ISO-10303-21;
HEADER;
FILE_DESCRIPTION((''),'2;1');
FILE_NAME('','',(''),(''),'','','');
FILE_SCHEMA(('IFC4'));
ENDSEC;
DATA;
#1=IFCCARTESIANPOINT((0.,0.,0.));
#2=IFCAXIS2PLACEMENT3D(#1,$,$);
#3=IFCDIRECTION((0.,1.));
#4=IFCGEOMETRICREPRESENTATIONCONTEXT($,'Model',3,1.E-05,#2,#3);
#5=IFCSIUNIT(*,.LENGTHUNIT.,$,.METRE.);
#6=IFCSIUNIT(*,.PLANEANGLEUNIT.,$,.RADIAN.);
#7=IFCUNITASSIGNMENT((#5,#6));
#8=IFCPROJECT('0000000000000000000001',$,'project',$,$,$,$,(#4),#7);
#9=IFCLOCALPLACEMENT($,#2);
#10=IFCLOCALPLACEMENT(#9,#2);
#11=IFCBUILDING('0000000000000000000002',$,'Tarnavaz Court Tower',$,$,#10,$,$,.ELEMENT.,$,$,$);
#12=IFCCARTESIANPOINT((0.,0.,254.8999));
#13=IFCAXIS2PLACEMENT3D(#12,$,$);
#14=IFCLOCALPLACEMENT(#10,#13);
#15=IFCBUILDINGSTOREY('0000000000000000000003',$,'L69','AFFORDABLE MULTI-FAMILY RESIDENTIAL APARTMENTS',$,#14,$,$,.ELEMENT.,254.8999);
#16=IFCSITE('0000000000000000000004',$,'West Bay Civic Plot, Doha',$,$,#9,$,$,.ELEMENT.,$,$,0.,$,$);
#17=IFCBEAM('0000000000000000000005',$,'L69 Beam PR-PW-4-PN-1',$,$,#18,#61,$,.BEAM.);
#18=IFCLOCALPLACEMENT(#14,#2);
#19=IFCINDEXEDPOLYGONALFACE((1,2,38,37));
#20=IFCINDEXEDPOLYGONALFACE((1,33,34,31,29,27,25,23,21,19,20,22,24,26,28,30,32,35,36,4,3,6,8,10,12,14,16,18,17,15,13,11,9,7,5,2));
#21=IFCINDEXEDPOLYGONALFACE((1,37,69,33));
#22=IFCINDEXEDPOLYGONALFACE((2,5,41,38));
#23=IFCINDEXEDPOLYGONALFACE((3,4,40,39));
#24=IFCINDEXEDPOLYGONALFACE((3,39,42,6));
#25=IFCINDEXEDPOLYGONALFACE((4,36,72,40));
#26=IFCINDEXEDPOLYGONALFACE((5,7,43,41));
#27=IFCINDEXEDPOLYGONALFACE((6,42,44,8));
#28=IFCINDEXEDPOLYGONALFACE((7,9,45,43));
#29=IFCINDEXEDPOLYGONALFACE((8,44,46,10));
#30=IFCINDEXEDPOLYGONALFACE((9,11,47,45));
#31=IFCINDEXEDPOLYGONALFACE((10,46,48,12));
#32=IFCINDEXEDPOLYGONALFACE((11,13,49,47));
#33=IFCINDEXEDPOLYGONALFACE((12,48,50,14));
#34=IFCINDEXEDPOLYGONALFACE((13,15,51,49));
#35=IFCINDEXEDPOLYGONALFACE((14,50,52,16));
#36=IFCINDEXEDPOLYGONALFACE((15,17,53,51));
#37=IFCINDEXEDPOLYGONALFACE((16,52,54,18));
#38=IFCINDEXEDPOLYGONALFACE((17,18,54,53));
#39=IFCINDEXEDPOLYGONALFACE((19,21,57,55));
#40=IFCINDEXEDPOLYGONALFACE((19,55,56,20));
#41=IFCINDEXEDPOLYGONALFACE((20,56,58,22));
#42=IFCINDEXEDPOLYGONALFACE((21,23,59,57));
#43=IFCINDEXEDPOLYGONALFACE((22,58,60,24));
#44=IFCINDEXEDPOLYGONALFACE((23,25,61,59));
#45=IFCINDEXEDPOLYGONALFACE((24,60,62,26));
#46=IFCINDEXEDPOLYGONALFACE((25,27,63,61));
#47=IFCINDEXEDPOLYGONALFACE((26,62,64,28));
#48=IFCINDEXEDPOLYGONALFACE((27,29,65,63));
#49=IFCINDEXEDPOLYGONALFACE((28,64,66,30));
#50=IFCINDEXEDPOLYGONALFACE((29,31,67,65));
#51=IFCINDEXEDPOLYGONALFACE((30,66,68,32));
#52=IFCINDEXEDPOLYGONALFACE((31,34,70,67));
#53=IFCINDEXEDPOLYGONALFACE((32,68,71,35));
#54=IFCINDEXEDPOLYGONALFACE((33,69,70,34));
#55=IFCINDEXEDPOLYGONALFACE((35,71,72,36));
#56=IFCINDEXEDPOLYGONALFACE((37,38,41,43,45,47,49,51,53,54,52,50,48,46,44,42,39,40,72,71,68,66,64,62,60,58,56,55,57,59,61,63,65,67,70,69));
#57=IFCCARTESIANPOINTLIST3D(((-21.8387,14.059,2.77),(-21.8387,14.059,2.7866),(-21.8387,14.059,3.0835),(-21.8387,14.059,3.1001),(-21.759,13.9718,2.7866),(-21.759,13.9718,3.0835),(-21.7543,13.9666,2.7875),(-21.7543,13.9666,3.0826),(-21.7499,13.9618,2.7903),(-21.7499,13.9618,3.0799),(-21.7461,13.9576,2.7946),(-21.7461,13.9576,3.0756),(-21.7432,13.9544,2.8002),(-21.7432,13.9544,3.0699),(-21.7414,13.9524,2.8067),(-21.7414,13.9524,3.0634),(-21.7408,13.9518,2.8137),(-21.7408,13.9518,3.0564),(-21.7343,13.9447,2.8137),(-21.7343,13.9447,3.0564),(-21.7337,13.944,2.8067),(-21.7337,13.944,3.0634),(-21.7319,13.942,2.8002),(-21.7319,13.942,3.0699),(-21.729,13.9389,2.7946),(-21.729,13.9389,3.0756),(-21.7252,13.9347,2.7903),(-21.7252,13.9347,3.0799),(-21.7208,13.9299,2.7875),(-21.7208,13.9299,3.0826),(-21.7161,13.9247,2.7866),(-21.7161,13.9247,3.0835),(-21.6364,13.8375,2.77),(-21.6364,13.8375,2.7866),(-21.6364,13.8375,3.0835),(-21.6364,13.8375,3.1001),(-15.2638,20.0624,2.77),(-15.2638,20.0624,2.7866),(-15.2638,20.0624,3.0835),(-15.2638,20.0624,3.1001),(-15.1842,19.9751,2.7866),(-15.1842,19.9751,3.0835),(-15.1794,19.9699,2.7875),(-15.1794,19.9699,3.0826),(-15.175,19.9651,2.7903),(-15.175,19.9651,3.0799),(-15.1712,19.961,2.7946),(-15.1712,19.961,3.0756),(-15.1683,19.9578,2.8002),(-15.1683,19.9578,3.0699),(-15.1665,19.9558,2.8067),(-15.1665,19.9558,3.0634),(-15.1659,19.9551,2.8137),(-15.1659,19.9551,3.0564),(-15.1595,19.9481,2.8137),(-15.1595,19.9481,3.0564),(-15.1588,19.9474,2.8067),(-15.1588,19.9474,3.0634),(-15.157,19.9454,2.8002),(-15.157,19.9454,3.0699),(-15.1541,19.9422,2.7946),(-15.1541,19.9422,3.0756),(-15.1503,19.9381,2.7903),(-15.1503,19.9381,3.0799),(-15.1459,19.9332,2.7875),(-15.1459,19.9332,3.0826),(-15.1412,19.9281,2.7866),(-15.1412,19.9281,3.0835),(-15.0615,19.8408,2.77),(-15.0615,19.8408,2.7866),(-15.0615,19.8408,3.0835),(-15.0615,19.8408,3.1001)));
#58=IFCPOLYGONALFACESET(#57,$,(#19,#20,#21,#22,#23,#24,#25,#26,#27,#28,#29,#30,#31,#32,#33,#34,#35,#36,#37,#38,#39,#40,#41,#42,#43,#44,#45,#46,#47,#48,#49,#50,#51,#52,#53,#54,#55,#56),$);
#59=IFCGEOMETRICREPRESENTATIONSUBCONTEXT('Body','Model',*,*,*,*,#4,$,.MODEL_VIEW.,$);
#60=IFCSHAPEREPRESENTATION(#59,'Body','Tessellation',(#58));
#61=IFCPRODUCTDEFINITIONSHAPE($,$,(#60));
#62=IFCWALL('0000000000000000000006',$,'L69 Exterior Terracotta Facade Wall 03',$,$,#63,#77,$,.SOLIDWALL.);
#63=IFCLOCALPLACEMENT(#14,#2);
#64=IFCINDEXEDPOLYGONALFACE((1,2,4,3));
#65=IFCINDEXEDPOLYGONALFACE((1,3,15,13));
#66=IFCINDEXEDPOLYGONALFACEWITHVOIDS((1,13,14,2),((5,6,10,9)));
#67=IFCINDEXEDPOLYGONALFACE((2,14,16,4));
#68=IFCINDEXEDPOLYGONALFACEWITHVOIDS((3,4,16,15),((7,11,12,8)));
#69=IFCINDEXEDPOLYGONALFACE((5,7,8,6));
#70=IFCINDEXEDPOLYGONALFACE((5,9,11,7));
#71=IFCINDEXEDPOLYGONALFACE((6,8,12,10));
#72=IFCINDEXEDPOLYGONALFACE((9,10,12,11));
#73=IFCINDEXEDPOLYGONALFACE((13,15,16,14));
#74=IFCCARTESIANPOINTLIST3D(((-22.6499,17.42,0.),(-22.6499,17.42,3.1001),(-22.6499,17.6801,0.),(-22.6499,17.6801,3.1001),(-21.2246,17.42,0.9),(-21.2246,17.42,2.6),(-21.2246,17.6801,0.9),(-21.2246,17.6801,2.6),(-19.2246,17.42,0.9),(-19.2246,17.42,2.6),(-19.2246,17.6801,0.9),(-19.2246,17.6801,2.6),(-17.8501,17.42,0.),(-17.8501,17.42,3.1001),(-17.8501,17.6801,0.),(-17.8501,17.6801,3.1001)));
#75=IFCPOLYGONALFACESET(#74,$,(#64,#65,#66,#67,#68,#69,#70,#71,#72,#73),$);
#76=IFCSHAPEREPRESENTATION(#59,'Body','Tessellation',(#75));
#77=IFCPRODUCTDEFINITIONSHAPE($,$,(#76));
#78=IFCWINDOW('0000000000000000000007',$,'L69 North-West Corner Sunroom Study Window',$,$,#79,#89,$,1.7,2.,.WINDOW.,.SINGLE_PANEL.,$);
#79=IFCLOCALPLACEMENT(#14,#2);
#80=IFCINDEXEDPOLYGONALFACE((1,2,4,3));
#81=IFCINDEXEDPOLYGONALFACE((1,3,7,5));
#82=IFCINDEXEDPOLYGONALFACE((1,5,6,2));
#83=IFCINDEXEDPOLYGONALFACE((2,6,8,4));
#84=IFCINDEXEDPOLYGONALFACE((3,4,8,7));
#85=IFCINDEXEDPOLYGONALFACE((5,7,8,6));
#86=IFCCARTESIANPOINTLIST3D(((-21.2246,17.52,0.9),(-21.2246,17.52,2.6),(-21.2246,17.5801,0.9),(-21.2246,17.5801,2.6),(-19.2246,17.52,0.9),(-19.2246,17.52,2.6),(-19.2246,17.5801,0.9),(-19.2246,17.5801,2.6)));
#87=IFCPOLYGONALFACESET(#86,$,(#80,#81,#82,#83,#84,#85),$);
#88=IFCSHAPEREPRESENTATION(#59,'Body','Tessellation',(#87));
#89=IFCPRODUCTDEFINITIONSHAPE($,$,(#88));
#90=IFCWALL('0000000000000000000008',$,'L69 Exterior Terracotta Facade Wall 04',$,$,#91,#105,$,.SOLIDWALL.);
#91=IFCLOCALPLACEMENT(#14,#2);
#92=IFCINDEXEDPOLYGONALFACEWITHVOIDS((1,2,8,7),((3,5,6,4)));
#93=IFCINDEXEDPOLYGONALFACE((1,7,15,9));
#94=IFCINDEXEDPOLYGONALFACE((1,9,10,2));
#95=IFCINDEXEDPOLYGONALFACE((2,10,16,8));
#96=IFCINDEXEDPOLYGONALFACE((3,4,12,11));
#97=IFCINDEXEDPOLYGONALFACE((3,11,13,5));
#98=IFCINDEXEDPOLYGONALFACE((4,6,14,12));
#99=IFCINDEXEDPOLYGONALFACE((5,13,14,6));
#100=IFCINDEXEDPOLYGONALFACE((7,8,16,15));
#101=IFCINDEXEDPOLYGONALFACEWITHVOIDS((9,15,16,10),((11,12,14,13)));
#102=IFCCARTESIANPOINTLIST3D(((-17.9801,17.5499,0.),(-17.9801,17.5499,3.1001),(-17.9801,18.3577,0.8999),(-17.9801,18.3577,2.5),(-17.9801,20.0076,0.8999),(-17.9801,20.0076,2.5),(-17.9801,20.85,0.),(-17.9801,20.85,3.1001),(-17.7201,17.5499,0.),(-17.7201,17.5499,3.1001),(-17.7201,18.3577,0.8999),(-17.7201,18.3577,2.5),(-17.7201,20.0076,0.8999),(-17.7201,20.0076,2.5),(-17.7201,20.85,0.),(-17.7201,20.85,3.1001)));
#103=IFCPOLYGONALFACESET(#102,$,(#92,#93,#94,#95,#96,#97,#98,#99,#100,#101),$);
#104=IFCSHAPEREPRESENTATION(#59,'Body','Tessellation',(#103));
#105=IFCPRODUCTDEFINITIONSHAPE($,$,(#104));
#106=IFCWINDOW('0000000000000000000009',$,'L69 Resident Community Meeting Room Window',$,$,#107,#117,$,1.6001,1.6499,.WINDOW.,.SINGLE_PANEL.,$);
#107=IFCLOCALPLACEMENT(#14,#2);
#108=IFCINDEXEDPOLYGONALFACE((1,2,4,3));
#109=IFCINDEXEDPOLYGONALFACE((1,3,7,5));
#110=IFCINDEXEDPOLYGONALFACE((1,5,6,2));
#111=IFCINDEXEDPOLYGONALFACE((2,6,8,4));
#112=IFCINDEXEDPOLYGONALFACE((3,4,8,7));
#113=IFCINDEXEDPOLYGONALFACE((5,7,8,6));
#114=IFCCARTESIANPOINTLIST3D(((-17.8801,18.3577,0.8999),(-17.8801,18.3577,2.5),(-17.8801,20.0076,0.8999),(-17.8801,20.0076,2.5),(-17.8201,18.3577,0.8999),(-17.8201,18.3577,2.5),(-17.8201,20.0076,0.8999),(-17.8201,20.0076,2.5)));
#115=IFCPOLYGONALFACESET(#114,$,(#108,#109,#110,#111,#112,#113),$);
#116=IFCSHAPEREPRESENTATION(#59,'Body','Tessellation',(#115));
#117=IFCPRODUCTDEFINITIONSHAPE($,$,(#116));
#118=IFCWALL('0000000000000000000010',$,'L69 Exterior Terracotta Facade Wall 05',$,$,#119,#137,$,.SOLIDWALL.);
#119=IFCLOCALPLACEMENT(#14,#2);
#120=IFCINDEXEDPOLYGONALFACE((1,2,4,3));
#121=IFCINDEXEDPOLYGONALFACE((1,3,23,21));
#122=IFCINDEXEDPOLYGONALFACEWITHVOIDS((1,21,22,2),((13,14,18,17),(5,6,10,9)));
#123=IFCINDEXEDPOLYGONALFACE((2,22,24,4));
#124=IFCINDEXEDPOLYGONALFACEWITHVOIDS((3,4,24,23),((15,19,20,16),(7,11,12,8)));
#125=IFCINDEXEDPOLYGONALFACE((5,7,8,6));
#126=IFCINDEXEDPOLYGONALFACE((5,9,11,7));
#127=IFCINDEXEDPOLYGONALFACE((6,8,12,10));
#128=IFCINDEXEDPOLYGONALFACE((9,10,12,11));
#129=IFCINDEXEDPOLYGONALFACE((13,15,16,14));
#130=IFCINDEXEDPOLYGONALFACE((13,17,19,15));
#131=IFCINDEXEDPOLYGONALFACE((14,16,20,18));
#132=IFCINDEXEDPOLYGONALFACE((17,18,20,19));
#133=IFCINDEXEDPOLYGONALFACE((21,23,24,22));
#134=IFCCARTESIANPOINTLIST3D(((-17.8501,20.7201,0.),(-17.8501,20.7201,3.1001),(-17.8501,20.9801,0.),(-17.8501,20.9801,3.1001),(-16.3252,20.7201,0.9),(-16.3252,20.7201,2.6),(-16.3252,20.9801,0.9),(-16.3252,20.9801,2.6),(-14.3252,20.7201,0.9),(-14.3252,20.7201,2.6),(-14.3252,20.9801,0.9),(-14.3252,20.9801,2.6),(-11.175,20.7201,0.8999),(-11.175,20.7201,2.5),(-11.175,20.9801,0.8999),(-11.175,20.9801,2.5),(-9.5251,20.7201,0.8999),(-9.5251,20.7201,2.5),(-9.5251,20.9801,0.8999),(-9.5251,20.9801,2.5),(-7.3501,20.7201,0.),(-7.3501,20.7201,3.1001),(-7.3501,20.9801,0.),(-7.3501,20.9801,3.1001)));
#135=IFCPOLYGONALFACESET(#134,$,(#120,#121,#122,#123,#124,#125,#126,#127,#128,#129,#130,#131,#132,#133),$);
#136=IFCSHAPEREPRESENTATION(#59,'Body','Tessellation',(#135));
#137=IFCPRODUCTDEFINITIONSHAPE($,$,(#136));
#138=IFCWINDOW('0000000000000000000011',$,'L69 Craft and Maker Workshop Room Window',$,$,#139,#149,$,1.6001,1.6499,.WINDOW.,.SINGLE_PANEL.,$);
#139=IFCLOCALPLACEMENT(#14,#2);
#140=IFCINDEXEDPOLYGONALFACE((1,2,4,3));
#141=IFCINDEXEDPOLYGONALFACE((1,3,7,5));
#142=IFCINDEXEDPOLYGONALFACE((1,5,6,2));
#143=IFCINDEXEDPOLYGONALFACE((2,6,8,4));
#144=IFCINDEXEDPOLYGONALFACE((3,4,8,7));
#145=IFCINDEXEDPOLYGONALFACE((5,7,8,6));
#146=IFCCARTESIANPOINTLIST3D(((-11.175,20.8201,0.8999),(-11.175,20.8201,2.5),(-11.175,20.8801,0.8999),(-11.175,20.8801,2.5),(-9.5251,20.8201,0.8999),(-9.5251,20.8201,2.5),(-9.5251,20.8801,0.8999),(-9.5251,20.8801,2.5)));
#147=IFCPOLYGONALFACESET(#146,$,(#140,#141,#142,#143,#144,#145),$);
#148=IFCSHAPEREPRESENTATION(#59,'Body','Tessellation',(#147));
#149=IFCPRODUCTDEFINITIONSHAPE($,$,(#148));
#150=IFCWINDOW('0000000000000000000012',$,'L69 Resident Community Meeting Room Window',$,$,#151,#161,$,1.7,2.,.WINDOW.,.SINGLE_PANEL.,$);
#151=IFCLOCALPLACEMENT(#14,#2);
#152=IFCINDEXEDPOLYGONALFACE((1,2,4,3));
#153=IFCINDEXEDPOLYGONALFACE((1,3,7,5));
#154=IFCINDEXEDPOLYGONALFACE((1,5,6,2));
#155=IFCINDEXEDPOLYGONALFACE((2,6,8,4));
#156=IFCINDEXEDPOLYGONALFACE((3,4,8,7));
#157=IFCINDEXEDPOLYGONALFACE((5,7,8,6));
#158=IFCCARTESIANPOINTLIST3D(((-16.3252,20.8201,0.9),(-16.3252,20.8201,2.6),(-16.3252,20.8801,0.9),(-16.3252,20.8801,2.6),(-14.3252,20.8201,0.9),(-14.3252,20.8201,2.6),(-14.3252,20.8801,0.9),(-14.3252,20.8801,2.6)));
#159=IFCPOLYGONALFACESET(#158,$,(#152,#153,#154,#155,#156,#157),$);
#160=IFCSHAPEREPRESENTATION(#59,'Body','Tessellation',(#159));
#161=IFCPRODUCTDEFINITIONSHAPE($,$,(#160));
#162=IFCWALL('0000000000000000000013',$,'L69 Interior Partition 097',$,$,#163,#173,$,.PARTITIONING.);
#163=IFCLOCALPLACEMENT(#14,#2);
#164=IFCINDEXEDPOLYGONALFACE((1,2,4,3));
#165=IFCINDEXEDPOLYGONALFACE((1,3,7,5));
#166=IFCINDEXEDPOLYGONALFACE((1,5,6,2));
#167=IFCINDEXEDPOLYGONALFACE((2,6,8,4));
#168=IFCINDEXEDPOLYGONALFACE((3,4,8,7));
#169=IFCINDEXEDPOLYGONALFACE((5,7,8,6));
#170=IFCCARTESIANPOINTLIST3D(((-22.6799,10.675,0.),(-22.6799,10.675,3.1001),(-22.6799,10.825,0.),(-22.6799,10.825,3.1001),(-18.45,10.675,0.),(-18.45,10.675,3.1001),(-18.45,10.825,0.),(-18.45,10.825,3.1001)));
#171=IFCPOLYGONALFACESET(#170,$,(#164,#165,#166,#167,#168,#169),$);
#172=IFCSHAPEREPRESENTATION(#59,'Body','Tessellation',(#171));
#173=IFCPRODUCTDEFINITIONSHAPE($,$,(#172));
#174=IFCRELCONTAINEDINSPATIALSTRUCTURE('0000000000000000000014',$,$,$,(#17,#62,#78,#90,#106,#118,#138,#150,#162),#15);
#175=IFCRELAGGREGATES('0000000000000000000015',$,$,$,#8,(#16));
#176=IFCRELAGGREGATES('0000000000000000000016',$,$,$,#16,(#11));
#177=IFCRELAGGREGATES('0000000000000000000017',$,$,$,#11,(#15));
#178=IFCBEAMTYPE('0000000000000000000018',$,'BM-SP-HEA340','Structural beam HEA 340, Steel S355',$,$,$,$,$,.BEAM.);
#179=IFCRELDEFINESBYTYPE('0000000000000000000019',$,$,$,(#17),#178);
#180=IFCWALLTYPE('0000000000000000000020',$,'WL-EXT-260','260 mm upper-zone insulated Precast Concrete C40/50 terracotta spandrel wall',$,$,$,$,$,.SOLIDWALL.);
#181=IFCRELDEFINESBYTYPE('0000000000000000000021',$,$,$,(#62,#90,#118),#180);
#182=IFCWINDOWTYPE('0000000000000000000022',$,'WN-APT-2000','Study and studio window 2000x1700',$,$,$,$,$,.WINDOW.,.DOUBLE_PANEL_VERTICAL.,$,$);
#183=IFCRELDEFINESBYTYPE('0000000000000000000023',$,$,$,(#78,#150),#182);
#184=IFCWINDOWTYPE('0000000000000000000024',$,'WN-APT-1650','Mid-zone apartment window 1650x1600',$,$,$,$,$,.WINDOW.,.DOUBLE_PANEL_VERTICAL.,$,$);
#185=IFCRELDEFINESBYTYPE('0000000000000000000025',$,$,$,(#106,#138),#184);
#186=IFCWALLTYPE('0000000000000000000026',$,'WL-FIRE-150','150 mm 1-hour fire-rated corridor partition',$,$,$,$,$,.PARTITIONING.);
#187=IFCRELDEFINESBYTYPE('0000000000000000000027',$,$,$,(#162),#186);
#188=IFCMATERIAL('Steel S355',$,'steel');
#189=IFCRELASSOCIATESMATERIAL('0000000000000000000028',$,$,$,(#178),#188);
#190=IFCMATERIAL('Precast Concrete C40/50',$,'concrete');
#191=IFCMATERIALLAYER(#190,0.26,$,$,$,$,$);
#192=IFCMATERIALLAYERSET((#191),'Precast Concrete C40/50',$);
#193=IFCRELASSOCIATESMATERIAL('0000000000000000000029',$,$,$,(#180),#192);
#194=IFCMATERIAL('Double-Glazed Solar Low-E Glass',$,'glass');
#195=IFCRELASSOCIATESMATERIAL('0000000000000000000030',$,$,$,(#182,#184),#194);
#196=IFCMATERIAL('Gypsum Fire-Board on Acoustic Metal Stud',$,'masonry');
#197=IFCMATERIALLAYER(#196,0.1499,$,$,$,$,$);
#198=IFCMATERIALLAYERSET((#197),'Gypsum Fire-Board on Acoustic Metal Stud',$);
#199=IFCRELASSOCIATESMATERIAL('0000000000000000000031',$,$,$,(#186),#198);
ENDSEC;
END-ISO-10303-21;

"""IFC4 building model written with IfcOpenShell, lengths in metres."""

from ifc_helpers import new_model, si_unit, direction, frame, frame_2d, origin, origin_2d, place, context, subcontext, project, spatial, rectangle, i_section, extrude, material, layer, layer_set, material_profile, profile_set, type_object, element, fill, save


model = new_model("IFC4")

# Units and contexts
model_context = context("Model", 3, precision=1e-05, world=origin(), true_north=direction((0.0, 1.0)))
body_context = subcontext(model_context, "Body", "Model", "MODEL_VIEW")
ifc_project = project(units=[si_unit("LENGTHUNIT", "METRE"), si_unit("PLANEANGLEUNIT", "RADIAN")], contexts=[model_context])

# Site, building, storey
site_placement = place(None, origin())
site = spatial("IfcSite", under=ifc_project, at=site_placement, Name="West Bay Civic Plot, Doha", CompositionType="ELEMENT", RefElevation=0.0)
building_placement = place(site_placement, origin())
building = spatial("IfcBuilding", under=site, at=building_placement, Name="Tarnavaz Court Tower", CompositionType="ELEMENT")
storey_placement = place(building_placement, frame((0.0, 0.0, 254.8999)))
storey = spatial("IfcBuildingStorey", under=building, at=storey_placement, Name="L69", Description="AFFORDABLE MULTI-FAMILY RESIDENTIAL APARTMENTS", CompositionType="ELEMENT", Elevation=254.8999)

# Beam
ifc_material_1 = material(Name="Steel S355", Category="steel")
ifc_material_profile_1 = material_profile(ifc_material_1, i_section(OverallWidth=0.3, OverallDepth=0.3301, WebThickness=0.0095, FlangeThickness=0.0166, FilletRadius=0.0271, at=origin_2d()), Name="HEA 340")
ifc_profile_set_1 = profile_set([ifc_material_profile_1], Name="Steel S355")
beam_type_1 = type_object("IfcBeamType", Name="BM-SP-HEA340", Description="Structural beam HEA 340, Steel S355", PredefinedType="BEAM", material=ifc_profile_set_1)
beam_1_placement = place(storey_placement, frame((-21.7375, 13.9482, 2.9351), z_axis=(0.738474, 0.674282, 0.0), x_axis=(-0.674282, 0.738474, 0.0)))
element("IfcBeam", 1, at=beam_1_placement, inside=storey, type_object=beam_type_1, Name="L69 Beam PR-PW-4-PN-1", PredefinedType="BEAM", context=body_context, shape_type="SweptSolid", body=[
    extrude(i_section(OverallWidth=0.3, OverallDepth=0.3301, WebThickness=0.0095, FlangeThickness=0.0166, FilletRadius=0.0271, at=origin_2d()), origin(), (0.0, 0.0, 1.0), 8.9033),
])

# Walls, openings, windows
ifc_material_2 = material(Name="Precast Concrete C40/50", Category="concrete")
ifc_layer_1 = layer(ifc_material_2, 0.26)
ifc_layer_set_1 = layer_set([ifc_layer_1], Name="Precast Concrete C40/50")
wall_type_1 = type_object("IfcWallType", Name="WL-EXT-260", Description="260 mm upper-zone insulated Precast Concrete C40/50 terracotta spandrel wall", PredefinedType="SOLIDWALL", material=ifc_layer_set_1)
wall_1_placement = place(storey_placement, frame((-22.6499, 17.55, 0.0), z_axis=(0.0, 0.0, 1.0), x_axis=(1.0, 0.0, 0.0)))
wall_1 = element("IfcWall", 2, at=wall_1_placement, inside=storey, type_object=wall_type_1, Name="L69 Exterior Terracotta Facade Wall 03", PredefinedType="SOLIDWALL", context=body_context, shape_type="SweptSolid", body=[
    extrude(rectangle(XDim=4.7998, YDim=0.26, at=frame_2d((2.3999, 0.0))), origin(), (0.0, 0.0, 1.0), 3.1001),
])
opening_1_placement = place(wall_1_placement, frame((1.4253, 0.0, 0.8999)))
opening_1 = element("IfcOpeningElement", 3, at=opening_1_placement, cuts=wall_1, PredefinedType="OPENING", context=body_context, shape_type="SweptSolid", body=[
    extrude(rectangle(XDim=2.0, YDim=1.7, at=frame_2d((1.0, 0.8501))), frame((0.0, 0.1399, 0.0), z_axis=(0.0, -1.0, 0.0), x_axis=(1.0, 0.0, 0.0)), (0.0, 0.0, 1.0), 0.28),
])
ifc_material_3 = material(Name="Double-Glazed Solar Low-E Glass", Category="glass")
window_type_1 = type_object("IfcWindowType", Name="WN-APT-2000", Description="Study and studio window 2000x1700", PartitioningType="DOUBLE_PANEL_VERTICAL", PredefinedType="WINDOW", material=ifc_material_3)
window_1_placement = place(opening_1_placement, origin())
window_1 = element("IfcWindow", 4, at=window_1_placement, inside=storey, type_object=window_type_1, Name="L69 North-West Corner Sunroom Study Window", OverallHeight=1.7, OverallWidth=2.0, PartitioningType="SINGLE_PANEL", PredefinedType="WINDOW", context=body_context, shape_type="SweptSolid", body=[
    extrude(rectangle(XDim=2.0, YDim=1.7, at=frame_2d((1.0, 0.8501))), frame((0.0, 0.03, 0.0), z_axis=(0.0, -1.0, 0.0), x_axis=(1.0, 0.0, 0.0)), (0.0, 0.0, 1.0), 0.0601),
])
fill(opening_1, window_1)
wall_2_placement = place(storey_placement, frame((-17.8501, 17.55, 0.0), z_axis=(0.0, 0.0, 1.0), x_axis=(0.0, 1.0, 0.0)))
wall_2 = element("IfcWall", 5, at=wall_2_placement, inside=storey, type_object=wall_type_1, Name="L69 Exterior Terracotta Facade Wall 04", PredefinedType="SOLIDWALL", context=body_context, shape_type="SweptSolid", body=[
    extrude(rectangle(XDim=3.3, YDim=0.26, at=frame_2d((1.6499, 0.0))), origin(), (0.0, 0.0, 1.0), 3.1001),
])
opening_2_placement = place(wall_2_placement, frame((0.8076, 0.0, 0.8999)))
opening_2 = element("IfcOpeningElement", 6, at=opening_2_placement, cuts=wall_2, PredefinedType="OPENING", context=body_context, shape_type="SweptSolid", body=[
    extrude(rectangle(XDim=1.6499, YDim=1.6001, at=frame_2d((0.825, 0.8))), frame((0.0, 0.1399, 0.0), z_axis=(0.0, -1.0, 0.0), x_axis=(1.0, 0.0, 0.0)), (0.0, 0.0, 1.0), 0.28),
])
window_type_2 = type_object("IfcWindowType", Name="WN-APT-1650", Description="Mid-zone apartment window 1650x1600", PartitioningType="DOUBLE_PANEL_VERTICAL", PredefinedType="WINDOW", material=ifc_material_3)
window_2_placement = place(opening_2_placement, origin())
window_2 = element("IfcWindow", 7, at=window_2_placement, inside=storey, type_object=window_type_2, Name="L69 Resident Community Meeting Room Window", OverallHeight=1.6001, OverallWidth=1.6499, PartitioningType="SINGLE_PANEL", PredefinedType="WINDOW", context=body_context, shape_type="SweptSolid", body=[
    extrude(rectangle(XDim=1.6499, YDim=1.6001, at=frame_2d((0.825, 0.8))), frame((0.0, 0.03, 0.0), z_axis=(0.0, -1.0, 0.0), x_axis=(1.0, 0.0, 0.0)), (0.0, 0.0, 1.0), 0.0601),
])
fill(opening_2, window_2)

# Wall, openings, windows
wall_3_placement = place(storey_placement, frame((-17.8501, 20.8501, 0.0), z_axis=(0.0, 0.0, 1.0), x_axis=(1.0, 0.0, 0.0)))
wall_3 = element("IfcWall", 8, at=wall_3_placement, inside=storey, type_object=wall_type_1, Name="L69 Exterior Terracotta Facade Wall 05", PredefinedType="SOLIDWALL", context=body_context, shape_type="SweptSolid", body=[
    extrude(rectangle(XDim=10.5, YDim=0.26, at=frame_2d((5.25, 0.0))), origin(), (0.0, 0.0, 1.0), 3.1001),
])
opening_3_placement = place(wall_3_placement, frame((1.5249, 0.0, 0.8999)))
opening_3 = element("IfcOpeningElement", 9, at=opening_3_placement, cuts=wall_3, PredefinedType="OPENING", context=body_context, shape_type="SweptSolid", body=[
    extrude(rectangle(XDim=2.0, YDim=1.7, at=frame_2d((1.0, 0.8501))), frame((0.0, 0.1399, 0.0), z_axis=(0.0, -1.0, 0.0), x_axis=(1.0, 0.0, 0.0)), (0.0, 0.0, 1.0), 0.28),
])
opening_4_placement = place(wall_3_placement, frame((6.675, 0.0, 0.8999)))
opening_4 = element("IfcOpeningElement", 10, at=opening_4_placement, cuts=wall_3, PredefinedType="OPENING", context=body_context, shape_type="SweptSolid", body=[
    extrude(rectangle(XDim=1.6499, YDim=1.6001, at=frame_2d((0.825, 0.8))), frame((0.0, 0.1399, 0.0), z_axis=(0.0, -1.0, 0.0), x_axis=(1.0, 0.0, 0.0)), (0.0, 0.0, 1.0), 0.28),
])
window_3_placement = place(opening_4_placement, origin())
window_3 = element("IfcWindow", 11, at=window_3_placement, inside=storey, type_object=window_type_2, Name="L69 Craft and Maker Workshop Room Window", OverallHeight=1.6001, OverallWidth=1.6499, PartitioningType="SINGLE_PANEL", PredefinedType="WINDOW", context=body_context, shape_type="SweptSolid", body=[
    extrude(rectangle(XDim=1.6499, YDim=1.6001, at=frame_2d((0.825, 0.8))), frame((0.0, 0.03, 0.0), z_axis=(0.0, -1.0, 0.0), x_axis=(1.0, 0.0, 0.0)), (0.0, 0.0, 1.0), 0.0601),
])
fill(opening_4, window_3)
window_4_placement = place(opening_3_placement, origin())
window_4 = element("IfcWindow", 12, at=window_4_placement, inside=storey, type_object=window_type_1, Name="L69 Resident Community Meeting Room Window", OverallHeight=1.7, OverallWidth=2.0, PartitioningType="SINGLE_PANEL", PredefinedType="WINDOW", context=body_context, shape_type="SweptSolid", body=[
    extrude(rectangle(XDim=2.0, YDim=1.7, at=frame_2d((1.0, 0.8501))), frame((0.0, 0.03, 0.0), z_axis=(0.0, -1.0, 0.0), x_axis=(1.0, 0.0, 0.0)), (0.0, 0.0, 1.0), 0.0601),
])
fill(opening_3, window_4)

# Shared definitions
ifc_material_4 = material(Name="Gypsum Fire-Board on Acoustic Metal Stud", Category="masonry")
ifc_layer_2 = layer(ifc_material_4, 0.1499)
ifc_layer_set_2 = layer_set([ifc_layer_2], Name="Gypsum Fire-Board on Acoustic Metal Stud")
wall_type_2 = type_object("IfcWallType", Name="WL-FIRE-150", Description="150 mm 1-hour fire-rated corridor partition", PredefinedType="PARTITIONING", material=ifc_layer_set_2)

# Wall
wall_4_placement = place(storey_placement, frame((-22.6799, 10.75, 0.0), z_axis=(0.0, 0.0, 1.0), x_axis=(1.0, 0.0, 0.0)))
element("IfcWall", 13, at=wall_4_placement, inside=storey, type_object=wall_type_2, Name="L69 Interior Partition 097", PredefinedType="PARTITIONING", context=body_context, shape_type="SweptSolid", body=[
    extrude(rectangle(XDim=4.23, YDim=0.1499, at=frame_2d((2.115, 0.0))), origin(), (0.0, 0.0, 1.0), 3.1001),
])

save(model, "model.ifc")
